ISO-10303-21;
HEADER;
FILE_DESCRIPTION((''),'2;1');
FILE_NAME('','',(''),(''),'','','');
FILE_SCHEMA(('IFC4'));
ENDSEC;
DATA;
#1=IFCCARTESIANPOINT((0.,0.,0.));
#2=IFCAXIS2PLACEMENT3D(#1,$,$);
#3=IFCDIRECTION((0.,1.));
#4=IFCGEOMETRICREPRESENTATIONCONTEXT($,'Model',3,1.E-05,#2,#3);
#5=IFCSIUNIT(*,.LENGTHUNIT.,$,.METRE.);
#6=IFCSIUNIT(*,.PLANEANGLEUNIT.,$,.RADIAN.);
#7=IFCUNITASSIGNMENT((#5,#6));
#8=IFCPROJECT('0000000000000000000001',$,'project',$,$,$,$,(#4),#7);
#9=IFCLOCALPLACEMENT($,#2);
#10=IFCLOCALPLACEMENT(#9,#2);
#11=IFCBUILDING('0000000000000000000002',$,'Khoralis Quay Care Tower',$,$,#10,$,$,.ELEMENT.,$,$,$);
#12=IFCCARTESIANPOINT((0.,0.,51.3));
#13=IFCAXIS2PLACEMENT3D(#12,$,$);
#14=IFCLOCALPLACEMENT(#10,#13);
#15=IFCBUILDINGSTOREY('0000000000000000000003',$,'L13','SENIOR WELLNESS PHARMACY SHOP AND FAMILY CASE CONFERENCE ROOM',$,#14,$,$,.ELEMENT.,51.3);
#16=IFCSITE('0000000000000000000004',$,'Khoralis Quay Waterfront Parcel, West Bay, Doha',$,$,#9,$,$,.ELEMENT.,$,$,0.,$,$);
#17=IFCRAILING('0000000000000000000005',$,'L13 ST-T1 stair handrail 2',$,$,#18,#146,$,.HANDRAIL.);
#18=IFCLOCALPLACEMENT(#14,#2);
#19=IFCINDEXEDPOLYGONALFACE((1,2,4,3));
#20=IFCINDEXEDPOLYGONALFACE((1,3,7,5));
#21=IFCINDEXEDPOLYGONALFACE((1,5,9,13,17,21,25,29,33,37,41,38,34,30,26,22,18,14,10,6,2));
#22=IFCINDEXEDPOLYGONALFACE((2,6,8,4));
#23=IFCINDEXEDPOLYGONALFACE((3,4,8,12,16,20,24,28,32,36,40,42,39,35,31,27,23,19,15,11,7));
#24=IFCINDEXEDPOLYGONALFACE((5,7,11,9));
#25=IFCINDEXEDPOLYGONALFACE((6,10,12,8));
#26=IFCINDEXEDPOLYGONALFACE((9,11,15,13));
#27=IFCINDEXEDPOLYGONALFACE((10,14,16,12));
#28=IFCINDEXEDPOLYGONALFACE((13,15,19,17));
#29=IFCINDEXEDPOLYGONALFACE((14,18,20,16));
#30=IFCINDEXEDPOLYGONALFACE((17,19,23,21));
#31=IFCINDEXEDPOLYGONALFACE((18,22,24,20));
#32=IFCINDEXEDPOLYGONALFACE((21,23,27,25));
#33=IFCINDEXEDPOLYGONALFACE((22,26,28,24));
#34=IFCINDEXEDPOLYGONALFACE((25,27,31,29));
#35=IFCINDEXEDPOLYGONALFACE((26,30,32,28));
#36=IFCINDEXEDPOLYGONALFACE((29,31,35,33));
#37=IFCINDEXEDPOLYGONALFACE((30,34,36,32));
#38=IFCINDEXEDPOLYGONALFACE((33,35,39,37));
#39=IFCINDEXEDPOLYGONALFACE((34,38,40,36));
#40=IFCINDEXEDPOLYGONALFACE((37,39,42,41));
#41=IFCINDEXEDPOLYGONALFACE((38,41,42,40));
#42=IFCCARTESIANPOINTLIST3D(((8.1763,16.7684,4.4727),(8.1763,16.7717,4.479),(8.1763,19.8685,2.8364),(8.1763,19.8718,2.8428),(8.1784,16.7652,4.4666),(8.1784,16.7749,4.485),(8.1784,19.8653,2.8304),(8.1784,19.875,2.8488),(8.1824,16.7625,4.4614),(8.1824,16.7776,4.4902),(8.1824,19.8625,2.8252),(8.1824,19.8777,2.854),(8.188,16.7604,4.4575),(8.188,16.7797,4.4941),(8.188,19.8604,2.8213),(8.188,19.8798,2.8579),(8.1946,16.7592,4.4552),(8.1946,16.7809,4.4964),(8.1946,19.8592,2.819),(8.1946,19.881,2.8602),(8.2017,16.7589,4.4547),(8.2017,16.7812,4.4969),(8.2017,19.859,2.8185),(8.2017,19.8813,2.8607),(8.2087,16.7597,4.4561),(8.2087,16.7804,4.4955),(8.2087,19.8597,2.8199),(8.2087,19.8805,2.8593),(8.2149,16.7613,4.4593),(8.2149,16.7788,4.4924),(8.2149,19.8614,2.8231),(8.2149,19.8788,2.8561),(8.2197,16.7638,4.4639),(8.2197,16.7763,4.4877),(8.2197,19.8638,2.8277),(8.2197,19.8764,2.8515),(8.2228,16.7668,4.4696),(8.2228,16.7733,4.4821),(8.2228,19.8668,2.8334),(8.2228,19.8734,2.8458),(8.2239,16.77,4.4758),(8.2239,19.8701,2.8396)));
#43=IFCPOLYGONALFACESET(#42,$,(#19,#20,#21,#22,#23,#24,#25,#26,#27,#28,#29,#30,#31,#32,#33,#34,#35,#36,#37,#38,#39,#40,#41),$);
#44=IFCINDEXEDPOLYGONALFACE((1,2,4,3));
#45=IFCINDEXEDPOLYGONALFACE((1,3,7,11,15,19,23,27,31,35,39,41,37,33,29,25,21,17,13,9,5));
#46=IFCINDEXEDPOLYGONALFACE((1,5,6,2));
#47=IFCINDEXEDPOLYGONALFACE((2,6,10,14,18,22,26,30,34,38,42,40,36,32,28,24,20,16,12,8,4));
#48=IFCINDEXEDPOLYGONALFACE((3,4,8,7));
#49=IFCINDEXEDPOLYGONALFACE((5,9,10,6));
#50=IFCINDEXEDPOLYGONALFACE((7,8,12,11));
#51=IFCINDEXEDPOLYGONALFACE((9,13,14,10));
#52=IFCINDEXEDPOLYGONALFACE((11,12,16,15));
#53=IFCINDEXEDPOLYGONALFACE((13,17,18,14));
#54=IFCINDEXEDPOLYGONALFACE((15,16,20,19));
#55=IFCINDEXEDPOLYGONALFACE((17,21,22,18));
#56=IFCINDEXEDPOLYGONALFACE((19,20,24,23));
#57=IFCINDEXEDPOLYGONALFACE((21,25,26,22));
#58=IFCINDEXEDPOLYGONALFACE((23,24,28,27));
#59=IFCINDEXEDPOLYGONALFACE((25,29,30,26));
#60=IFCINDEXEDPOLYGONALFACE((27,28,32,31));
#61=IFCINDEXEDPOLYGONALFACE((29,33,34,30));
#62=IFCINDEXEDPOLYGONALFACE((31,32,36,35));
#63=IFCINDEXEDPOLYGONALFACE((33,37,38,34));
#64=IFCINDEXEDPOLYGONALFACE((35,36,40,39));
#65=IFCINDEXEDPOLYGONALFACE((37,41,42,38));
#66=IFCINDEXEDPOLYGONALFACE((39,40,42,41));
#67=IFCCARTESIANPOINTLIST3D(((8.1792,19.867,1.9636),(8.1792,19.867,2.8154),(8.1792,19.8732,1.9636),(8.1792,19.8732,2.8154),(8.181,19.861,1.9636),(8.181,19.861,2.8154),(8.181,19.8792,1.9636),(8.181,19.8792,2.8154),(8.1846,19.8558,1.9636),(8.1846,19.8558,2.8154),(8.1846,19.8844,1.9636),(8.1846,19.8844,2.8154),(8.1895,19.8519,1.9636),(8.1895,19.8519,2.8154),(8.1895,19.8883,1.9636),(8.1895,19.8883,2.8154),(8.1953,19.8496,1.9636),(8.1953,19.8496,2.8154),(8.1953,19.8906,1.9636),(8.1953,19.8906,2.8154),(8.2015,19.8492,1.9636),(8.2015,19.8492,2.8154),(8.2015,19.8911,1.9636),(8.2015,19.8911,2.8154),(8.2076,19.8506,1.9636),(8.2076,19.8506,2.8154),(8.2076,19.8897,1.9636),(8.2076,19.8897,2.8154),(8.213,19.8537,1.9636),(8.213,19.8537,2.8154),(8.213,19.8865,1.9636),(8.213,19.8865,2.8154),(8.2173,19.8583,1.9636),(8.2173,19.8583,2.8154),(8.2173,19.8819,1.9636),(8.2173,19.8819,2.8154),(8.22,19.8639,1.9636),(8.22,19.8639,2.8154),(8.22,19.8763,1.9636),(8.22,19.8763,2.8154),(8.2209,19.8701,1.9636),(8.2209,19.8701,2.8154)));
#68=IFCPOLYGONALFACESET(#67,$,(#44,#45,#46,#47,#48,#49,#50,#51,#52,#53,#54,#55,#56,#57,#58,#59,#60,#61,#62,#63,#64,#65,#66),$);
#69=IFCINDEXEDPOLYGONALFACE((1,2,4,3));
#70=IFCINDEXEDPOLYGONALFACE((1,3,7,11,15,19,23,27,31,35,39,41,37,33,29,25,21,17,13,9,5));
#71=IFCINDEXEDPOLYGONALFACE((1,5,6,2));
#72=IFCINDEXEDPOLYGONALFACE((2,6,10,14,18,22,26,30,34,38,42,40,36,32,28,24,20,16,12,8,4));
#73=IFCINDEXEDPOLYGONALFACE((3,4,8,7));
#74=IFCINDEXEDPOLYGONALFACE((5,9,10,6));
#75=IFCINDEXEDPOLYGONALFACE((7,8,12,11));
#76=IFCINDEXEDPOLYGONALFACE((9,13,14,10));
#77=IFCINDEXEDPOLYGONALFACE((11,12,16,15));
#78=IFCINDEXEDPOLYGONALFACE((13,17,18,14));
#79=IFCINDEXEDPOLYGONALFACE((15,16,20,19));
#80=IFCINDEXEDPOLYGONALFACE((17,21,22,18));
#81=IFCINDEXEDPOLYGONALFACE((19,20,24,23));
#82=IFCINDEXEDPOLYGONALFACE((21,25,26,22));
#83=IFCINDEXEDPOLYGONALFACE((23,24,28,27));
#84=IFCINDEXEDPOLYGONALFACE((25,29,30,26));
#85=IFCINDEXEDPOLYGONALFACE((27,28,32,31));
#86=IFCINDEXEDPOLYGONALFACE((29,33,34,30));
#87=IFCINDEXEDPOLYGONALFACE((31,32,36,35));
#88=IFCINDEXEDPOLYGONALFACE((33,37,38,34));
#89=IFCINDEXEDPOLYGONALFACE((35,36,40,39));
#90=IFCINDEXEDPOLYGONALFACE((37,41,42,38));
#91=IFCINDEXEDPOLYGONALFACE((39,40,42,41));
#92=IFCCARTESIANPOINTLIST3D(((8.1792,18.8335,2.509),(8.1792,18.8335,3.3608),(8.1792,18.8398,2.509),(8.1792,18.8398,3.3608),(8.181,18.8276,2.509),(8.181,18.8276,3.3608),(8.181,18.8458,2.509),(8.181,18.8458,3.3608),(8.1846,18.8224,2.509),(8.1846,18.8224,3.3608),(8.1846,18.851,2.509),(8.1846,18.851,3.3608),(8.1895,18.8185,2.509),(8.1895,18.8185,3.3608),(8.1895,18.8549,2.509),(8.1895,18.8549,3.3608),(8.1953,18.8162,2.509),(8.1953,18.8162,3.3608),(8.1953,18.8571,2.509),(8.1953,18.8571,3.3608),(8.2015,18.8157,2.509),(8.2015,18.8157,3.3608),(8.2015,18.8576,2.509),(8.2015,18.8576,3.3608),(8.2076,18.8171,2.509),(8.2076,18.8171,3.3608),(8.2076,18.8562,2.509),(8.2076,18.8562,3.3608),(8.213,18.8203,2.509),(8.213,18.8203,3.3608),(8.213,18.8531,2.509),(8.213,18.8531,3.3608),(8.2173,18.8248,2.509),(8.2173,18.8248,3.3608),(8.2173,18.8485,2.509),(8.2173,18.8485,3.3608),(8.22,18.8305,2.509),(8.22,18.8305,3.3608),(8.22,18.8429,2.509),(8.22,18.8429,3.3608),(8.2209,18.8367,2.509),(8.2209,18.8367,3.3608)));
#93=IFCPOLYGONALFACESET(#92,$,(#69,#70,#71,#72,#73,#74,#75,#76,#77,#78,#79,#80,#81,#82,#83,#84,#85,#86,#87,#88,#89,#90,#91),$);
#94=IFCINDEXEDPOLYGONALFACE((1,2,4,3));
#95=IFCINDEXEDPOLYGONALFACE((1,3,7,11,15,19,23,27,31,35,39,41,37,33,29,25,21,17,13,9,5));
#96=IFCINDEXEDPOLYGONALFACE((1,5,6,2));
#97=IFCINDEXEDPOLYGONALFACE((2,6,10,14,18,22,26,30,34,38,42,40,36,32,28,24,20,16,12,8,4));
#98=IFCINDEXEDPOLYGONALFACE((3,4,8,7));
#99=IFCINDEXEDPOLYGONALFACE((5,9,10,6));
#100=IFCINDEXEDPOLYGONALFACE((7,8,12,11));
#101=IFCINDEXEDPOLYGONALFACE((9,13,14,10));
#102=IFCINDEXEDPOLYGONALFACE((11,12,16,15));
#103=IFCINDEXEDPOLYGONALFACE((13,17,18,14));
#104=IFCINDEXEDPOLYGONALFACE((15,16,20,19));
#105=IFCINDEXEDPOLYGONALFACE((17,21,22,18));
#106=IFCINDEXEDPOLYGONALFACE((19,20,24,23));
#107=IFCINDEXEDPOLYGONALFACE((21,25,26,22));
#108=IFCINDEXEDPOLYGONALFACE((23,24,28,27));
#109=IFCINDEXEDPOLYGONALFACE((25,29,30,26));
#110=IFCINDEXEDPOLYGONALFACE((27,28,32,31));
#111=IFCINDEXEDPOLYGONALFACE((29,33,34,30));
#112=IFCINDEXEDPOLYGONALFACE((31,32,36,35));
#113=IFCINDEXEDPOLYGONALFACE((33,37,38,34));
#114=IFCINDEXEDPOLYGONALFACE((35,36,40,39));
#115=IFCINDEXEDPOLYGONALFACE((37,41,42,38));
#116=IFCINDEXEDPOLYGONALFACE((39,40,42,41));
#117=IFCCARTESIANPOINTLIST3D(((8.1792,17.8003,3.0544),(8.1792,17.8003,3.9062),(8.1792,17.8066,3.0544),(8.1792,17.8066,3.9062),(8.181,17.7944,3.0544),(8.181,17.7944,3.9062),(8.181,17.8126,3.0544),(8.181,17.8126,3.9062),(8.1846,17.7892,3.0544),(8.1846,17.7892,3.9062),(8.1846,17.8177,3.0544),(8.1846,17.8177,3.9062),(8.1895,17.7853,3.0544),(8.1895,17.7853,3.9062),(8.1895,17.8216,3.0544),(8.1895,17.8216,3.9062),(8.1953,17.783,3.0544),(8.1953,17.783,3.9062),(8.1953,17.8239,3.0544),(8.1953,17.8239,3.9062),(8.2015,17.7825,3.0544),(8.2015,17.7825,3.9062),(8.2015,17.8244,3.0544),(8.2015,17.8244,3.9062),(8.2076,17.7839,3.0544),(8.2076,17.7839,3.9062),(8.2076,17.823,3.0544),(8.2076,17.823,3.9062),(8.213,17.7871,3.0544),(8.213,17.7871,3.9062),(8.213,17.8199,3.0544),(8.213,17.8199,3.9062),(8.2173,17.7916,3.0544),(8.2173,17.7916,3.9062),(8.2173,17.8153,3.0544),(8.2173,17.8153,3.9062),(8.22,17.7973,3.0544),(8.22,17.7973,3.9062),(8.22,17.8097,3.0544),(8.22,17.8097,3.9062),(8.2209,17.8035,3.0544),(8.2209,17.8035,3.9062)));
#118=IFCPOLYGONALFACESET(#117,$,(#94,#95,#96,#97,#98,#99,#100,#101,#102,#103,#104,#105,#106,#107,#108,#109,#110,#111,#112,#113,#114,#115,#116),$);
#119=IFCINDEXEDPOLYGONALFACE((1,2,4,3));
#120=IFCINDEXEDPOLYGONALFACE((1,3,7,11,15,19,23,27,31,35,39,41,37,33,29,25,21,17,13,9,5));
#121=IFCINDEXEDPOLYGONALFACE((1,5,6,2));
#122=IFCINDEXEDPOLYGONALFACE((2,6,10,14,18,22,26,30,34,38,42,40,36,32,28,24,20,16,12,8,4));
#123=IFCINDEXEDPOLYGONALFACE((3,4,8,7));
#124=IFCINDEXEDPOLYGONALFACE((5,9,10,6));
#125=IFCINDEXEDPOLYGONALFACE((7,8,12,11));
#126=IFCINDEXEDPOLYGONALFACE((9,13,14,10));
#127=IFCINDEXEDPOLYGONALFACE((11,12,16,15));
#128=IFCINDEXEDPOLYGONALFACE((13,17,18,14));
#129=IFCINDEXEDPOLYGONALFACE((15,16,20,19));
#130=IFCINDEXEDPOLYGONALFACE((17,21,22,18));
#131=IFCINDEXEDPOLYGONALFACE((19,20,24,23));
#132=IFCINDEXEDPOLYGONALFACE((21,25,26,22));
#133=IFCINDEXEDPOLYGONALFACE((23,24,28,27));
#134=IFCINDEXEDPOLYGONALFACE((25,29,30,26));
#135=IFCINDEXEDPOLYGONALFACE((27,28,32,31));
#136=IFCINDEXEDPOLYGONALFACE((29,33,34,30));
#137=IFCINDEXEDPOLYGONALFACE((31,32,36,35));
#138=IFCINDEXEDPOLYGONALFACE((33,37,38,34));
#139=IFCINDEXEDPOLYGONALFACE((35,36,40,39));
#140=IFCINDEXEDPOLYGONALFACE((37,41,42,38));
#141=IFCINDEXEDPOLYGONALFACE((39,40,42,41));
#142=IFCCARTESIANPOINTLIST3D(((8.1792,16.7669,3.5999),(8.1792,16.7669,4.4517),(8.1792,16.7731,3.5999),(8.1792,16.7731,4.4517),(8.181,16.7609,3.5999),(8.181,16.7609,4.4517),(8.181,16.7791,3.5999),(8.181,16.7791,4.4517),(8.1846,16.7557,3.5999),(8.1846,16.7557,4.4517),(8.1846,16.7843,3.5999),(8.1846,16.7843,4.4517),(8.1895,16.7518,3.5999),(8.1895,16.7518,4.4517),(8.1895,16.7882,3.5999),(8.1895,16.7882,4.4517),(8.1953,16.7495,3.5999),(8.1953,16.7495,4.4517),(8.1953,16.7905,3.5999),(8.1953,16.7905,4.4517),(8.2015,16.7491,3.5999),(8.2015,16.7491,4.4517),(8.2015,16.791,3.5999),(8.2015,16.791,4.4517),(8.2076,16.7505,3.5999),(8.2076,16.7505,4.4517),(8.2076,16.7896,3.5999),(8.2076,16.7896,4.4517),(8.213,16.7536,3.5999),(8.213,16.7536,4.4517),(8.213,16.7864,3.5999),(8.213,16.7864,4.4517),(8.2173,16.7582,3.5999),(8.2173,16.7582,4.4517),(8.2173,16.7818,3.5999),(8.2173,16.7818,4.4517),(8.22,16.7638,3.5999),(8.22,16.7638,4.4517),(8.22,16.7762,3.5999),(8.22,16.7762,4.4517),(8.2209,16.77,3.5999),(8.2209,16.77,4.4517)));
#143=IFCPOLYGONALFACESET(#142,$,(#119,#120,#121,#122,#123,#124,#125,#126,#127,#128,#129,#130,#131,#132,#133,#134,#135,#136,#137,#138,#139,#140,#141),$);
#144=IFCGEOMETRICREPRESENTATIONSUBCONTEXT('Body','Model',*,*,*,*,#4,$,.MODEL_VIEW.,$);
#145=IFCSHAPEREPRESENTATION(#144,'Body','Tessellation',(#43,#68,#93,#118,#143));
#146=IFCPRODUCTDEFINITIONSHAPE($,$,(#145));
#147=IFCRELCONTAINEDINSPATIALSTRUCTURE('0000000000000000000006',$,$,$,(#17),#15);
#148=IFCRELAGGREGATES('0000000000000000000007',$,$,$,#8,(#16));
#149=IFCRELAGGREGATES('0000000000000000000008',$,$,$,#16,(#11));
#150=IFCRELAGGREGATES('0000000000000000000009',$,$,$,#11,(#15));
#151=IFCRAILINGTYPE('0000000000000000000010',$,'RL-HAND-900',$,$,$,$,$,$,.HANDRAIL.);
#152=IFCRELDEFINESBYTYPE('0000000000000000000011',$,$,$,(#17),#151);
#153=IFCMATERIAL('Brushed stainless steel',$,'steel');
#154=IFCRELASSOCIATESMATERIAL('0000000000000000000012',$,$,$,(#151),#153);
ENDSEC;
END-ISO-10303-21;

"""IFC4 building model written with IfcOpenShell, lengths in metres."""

from ifc_helpers import new_model, si_unit, direction, frame, origin, origin_2d, place, context, subcontext, project, spatial, circle, extrude, material, type_object, element, save


model = new_model("IFC4")

# Units and contexts
model_context = context("Model", 3, precision=1e-05, world=origin(), true_north=direction((0.0, 1.0)))
body_context = subcontext(model_context, "Body", "Model", "MODEL_VIEW")
ifc_project = project(units=[si_unit("LENGTHUNIT", "METRE"), si_unit("PLANEANGLEUNIT", "RADIAN")], contexts=[model_context])

# Site, building, storey
site_placement = place(None, origin())
site = spatial("IfcSite", under=ifc_project, at=site_placement, Name="Khoralis Quay Waterfront Parcel, West Bay, Doha", CompositionType="ELEMENT", RefElevation=0.0)
building_placement = place(site_placement, origin())
building = spatial("IfcBuilding", under=site, at=building_placement, Name="Khoralis Quay Care Tower", CompositionType="ELEMENT")
storey_placement = place(building_placement, frame((0.0, 0.0, 51.3)))
storey = spatial("IfcBuildingStorey", under=building, at=storey_placement, Name="L13", Description="SENIOR WELLNESS PHARMACY SHOP AND FAMILY CASE CONFERENCE ROOM", CompositionType="ELEMENT", Elevation=51.3)

# Shared definitions
ifc_material_1 = material(Name="Brushed stainless steel", Category="steel")

# Railing
railing_type_1 = type_object("IfcRailingType", Name="RL-HAND-900", PredefinedType="HANDRAIL", material=ifc_material_1)
railing_1_placement = place(storey_placement, frame((8.2, 19.8701, 1.9636)))
element("IfcRailing", 1, at=railing_1_placement, inside=storey, type_object=railing_type_1, Name="L13 ST-T1 stair handrail 2", PredefinedType="HANDRAIL", context=body_context, shape_type="SweptSolid", body=[
    extrude(circle(Radius=0.0239, at=origin_2d()), frame((0.0, 0.0, 0.876), z_axis=(0.0, -0.884377, 0.466774), x_axis=(1.0, 0.0, 0.0)), (0.0, 0.0, 1.0), 3.5054),
    extrude(circle(Radius=0.021, at=origin_2d()), origin(), (0.0, 0.0, 1.0), 0.8518),
    extrude(circle(Radius=0.021, at=origin_2d()), frame((0.0, -1.0334, 0.5454)), (0.0, 0.0, 1.0), 0.8518),
    extrude(circle(Radius=0.021, at=origin_2d()), frame((0.0, -2.0667, 1.0908)), (0.0, 0.0, 1.0), 0.8518),
    extrude(circle(Radius=0.021, at=origin_2d()), frame((0.0, -3.1001, 1.6362)), (0.0, 0.0, 1.0), 0.8518),
])

save(model, "model.ifc")
